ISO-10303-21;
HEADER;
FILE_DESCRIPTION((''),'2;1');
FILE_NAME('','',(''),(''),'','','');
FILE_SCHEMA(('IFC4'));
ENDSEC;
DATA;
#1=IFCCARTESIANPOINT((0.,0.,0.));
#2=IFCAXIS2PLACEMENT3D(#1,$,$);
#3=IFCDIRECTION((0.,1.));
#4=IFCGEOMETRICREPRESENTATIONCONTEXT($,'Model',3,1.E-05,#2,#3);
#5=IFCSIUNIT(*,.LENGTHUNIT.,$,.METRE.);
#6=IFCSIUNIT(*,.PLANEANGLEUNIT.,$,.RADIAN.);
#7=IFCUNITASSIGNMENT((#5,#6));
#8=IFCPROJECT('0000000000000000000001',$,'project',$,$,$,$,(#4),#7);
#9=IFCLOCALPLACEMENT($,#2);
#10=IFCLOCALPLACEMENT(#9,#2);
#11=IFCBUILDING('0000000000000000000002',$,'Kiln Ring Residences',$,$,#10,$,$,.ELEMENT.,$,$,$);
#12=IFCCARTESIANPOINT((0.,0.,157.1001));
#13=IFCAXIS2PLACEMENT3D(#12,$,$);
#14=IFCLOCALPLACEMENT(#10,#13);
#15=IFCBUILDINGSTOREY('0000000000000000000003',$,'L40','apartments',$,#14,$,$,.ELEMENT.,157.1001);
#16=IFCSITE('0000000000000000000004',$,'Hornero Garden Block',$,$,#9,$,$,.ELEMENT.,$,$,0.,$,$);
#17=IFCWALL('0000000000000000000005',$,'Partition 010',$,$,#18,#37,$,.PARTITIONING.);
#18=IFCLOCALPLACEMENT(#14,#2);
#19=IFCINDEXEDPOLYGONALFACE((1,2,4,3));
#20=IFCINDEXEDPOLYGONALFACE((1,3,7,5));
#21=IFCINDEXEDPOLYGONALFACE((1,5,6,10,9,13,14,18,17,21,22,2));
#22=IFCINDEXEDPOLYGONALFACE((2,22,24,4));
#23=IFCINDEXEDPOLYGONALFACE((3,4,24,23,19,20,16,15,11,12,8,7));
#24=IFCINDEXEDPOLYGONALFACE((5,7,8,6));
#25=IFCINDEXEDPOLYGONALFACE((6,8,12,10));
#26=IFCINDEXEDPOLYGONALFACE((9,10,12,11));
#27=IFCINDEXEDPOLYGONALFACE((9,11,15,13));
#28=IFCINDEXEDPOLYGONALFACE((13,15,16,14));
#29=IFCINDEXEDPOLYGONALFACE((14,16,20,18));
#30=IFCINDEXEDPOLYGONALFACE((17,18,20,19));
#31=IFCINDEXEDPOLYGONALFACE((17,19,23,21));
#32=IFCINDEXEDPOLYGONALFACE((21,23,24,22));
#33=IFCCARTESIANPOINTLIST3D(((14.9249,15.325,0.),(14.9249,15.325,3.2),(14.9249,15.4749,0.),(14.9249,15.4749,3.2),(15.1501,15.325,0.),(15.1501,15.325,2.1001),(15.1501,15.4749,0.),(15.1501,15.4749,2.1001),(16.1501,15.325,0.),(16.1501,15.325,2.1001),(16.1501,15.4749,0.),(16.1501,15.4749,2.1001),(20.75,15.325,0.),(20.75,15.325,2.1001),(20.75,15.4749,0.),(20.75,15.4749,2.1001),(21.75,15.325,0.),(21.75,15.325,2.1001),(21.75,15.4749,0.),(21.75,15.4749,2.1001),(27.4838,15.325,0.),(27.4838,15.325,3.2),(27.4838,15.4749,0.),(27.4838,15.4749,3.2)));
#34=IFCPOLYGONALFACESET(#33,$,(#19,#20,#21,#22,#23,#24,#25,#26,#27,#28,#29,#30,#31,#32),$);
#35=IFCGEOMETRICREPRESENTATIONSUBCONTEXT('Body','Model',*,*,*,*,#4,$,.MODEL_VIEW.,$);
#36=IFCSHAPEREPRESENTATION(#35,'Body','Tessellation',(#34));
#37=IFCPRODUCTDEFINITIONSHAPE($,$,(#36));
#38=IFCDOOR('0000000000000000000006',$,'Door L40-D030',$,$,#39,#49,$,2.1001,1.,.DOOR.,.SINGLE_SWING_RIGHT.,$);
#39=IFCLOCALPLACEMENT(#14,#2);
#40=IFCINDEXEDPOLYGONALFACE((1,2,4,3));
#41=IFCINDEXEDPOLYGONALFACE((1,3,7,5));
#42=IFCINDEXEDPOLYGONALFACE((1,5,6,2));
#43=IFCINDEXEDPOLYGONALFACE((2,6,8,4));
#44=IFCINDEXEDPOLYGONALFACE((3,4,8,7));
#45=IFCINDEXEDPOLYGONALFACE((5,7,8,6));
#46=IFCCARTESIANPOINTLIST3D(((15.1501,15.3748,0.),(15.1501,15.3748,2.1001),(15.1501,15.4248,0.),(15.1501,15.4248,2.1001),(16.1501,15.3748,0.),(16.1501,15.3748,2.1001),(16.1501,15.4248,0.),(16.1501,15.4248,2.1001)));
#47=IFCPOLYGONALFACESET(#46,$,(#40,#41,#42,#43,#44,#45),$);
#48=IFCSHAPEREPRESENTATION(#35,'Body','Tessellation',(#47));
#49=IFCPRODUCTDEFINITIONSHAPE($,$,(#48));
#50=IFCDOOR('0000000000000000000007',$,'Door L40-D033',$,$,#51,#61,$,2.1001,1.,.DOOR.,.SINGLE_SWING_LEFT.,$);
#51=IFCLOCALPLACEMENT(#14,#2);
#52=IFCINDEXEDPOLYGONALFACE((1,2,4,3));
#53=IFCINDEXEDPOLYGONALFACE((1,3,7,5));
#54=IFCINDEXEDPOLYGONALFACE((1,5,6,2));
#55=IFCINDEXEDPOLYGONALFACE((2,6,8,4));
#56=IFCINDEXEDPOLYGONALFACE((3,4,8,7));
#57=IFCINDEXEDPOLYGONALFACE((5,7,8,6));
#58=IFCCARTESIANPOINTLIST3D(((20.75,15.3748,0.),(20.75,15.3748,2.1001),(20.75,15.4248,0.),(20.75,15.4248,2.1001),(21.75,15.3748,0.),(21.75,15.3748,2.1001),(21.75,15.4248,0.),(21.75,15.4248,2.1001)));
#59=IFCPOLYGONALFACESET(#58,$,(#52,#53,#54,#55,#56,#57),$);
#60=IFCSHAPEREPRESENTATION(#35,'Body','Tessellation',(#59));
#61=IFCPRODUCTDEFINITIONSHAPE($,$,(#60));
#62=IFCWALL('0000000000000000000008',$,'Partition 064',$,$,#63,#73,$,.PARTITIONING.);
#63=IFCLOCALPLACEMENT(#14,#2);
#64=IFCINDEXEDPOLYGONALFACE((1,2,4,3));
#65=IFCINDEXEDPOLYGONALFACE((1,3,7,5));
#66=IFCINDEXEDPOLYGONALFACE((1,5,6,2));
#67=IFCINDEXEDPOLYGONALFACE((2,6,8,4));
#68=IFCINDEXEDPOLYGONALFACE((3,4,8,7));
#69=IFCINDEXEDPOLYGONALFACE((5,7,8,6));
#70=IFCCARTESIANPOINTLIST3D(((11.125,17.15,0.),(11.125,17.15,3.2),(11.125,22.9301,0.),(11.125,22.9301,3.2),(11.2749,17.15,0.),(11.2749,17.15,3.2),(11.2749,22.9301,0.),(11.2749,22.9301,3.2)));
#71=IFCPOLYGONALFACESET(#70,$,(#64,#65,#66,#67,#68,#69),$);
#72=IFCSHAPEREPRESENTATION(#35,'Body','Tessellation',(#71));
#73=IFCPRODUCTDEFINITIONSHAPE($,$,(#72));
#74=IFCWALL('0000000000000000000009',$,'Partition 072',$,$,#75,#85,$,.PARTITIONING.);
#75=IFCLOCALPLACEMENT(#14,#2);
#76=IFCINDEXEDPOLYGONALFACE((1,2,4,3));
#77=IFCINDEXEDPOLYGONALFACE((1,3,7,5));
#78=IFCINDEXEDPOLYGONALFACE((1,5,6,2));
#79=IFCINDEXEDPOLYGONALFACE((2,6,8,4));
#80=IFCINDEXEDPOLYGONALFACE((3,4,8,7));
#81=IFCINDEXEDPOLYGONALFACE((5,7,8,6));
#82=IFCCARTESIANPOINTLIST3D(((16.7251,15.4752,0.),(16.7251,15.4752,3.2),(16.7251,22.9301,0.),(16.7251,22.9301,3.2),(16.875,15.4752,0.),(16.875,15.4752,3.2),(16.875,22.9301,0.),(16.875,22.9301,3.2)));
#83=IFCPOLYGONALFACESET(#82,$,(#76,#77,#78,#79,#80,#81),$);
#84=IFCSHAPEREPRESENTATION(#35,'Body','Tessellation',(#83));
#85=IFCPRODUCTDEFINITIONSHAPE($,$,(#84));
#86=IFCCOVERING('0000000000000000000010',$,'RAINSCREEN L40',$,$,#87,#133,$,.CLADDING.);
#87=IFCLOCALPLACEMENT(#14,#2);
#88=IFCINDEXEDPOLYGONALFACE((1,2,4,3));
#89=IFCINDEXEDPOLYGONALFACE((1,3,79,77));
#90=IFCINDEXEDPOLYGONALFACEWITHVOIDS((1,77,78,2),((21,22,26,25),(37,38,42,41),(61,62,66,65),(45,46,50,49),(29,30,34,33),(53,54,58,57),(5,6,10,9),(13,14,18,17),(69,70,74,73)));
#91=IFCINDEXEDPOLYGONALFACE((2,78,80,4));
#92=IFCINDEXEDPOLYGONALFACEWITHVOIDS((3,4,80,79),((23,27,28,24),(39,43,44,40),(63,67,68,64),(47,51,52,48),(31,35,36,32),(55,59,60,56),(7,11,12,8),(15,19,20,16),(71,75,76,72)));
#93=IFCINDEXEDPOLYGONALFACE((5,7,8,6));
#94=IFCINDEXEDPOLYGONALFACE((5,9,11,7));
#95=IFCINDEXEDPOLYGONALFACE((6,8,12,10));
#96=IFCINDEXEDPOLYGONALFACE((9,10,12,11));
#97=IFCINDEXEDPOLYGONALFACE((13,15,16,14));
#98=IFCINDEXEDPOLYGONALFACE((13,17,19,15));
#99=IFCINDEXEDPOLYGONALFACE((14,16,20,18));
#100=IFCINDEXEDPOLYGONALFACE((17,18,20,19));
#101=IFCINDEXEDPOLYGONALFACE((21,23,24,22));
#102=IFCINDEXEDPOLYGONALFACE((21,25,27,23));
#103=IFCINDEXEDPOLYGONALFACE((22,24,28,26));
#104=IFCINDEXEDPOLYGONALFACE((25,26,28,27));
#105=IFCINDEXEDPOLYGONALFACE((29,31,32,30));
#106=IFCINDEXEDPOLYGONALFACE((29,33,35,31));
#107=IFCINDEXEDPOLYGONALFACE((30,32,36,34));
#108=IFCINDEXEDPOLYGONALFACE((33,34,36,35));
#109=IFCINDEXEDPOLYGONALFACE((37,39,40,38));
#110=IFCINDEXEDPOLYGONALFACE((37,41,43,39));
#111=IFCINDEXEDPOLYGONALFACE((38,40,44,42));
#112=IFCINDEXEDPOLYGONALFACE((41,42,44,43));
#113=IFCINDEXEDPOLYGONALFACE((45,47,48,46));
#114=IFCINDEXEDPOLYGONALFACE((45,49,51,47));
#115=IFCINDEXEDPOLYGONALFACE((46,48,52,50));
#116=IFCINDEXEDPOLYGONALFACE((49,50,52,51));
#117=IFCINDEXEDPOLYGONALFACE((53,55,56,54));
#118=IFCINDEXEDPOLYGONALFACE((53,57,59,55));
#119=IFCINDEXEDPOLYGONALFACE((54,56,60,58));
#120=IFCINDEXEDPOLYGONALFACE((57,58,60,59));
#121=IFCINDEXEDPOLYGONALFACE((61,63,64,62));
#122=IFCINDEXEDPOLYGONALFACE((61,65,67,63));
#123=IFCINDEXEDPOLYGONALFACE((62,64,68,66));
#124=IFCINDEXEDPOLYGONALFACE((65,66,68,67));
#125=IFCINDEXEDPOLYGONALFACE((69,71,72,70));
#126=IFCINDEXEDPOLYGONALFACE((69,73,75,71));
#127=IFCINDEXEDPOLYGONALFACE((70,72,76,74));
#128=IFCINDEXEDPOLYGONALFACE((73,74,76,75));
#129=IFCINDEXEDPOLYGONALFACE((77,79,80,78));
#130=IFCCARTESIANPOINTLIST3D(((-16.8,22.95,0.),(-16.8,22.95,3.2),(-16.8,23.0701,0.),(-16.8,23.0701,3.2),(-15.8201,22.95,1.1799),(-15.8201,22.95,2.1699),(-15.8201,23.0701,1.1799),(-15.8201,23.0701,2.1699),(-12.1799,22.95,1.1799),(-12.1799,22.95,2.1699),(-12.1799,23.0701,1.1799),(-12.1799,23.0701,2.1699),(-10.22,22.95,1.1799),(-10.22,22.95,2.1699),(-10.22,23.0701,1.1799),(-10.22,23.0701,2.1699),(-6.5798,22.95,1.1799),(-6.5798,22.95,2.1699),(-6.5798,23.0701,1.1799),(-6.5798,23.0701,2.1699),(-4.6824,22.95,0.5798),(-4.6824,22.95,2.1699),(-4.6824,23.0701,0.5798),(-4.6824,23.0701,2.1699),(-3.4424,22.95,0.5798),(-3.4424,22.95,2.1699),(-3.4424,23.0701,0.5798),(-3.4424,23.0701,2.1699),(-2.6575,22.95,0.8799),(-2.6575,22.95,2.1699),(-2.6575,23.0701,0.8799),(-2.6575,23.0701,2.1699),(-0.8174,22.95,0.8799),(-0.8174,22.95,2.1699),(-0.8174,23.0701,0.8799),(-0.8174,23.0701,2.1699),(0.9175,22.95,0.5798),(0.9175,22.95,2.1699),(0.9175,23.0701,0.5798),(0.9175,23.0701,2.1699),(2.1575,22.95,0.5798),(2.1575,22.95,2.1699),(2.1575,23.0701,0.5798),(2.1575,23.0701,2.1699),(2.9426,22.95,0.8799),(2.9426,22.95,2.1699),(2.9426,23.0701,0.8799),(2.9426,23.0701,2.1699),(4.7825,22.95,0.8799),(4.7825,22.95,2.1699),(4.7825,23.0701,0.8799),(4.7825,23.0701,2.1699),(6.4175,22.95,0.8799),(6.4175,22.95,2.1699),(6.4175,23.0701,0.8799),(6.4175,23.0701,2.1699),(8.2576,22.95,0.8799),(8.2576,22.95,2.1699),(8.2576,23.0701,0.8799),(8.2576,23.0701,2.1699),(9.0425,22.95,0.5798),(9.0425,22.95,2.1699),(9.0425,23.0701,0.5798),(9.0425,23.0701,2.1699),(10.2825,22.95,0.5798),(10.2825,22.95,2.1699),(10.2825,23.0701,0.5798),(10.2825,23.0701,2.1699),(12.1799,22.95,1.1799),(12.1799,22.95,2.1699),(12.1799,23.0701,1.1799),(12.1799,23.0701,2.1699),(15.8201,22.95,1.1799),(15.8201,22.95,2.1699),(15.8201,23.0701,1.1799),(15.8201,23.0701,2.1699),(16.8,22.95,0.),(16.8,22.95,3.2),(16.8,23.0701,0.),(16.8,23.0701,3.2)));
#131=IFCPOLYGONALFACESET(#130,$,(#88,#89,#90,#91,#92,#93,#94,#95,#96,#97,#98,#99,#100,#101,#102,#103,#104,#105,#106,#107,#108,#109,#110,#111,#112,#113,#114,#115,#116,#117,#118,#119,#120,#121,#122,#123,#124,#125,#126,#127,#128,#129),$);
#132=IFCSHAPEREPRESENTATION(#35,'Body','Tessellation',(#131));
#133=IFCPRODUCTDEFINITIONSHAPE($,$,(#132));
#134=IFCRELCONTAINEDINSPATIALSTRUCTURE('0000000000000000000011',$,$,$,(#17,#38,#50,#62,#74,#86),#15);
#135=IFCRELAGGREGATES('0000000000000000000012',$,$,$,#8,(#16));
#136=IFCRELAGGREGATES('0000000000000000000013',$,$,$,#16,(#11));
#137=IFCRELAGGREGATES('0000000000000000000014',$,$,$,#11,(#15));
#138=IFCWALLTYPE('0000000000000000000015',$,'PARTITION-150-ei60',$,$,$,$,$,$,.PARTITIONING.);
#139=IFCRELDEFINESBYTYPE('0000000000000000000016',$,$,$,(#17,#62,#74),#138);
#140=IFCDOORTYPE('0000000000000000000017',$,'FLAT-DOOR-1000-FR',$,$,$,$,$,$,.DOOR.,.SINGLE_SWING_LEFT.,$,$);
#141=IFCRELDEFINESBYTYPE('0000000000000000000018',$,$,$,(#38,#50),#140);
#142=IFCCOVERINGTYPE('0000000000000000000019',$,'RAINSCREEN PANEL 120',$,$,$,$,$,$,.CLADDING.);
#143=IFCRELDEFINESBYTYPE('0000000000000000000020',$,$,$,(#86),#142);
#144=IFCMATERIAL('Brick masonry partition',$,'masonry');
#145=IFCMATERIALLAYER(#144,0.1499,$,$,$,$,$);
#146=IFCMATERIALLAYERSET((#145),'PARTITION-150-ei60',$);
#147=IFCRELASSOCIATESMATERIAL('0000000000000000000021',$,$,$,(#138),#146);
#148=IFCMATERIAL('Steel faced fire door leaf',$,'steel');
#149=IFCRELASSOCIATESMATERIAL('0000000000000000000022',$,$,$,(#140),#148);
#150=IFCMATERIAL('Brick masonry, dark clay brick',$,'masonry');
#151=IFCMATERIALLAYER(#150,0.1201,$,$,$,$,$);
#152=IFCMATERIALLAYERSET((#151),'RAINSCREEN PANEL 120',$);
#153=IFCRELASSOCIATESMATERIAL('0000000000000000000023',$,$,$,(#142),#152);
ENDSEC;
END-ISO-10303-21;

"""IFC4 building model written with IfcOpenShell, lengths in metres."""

from ifc_helpers import new_model, si_unit, direction, frame, frame_2d, origin, place, context, subcontext, project, spatial, polyline, rectangle, outline, extrude, material, layer, layer_set, type_object, element, fill, save


model = new_model("IFC4")

# Units and contexts
model_context = context("Model", 3, precision=1e-05, world=origin(), true_north=direction((0.0, 1.0)))
body_context = subcontext(model_context, "Body", "Model", "MODEL_VIEW")
ifc_project = project(units=[si_unit("LENGTHUNIT", "METRE"), si_unit("PLANEANGLEUNIT", "RADIAN")], contexts=[model_context])

# Site, building, storey
site_placement = place(None, origin())
site = spatial("IfcSite", under=ifc_project, at=site_placement, Name="Hornero Garden Block", CompositionType="ELEMENT", RefElevation=0.0)
building_placement = place(site_placement, origin())
building = spatial("IfcBuilding", under=site, at=building_placement, Name="Kiln Ring Residences", CompositionType="ELEMENT")
storey_placement = place(building_placement, frame((0.0, 0.0, 157.1001)))
storey = spatial("IfcBuildingStorey", under=building, at=storey_placement, Name="L40", Description="apartments", CompositionType="ELEMENT", Elevation=157.1001)

# Wall, openings, doors
ifc_material_1 = material(Name="Brick masonry partition", Category="masonry")
ifc_layer_1 = layer(ifc_material_1, 0.1499)
ifc_layer_set_1 = layer_set([ifc_layer_1], Name="PARTITION-150-ei60")
wall_type_1 = type_object("IfcWallType", Name="PARTITION-150-ei60", PredefinedType="PARTITIONING", material=ifc_layer_set_1)
wall_1_placement = place(storey_placement, frame((14.925, 15.3999, 0.0), z_axis=(0.0, 0.0, 1.0), x_axis=(1.0, 0.0, 0.0)))
wall_1 = element("IfcWall", 1, at=wall_1_placement, inside=storey, type_object=wall_type_1, Name="Partition 010", PredefinedType="PARTITIONING", context=body_context, shape_type="SweptSolid", body=[
    extrude(rectangle(XDim=12.5588, YDim=0.1499, at=frame_2d((6.2793, 0.0))), origin(), (0.0, 0.0, 1.0), 3.2),
])
opening_1_placement = place(wall_1_placement, frame((0.2251, 0.0, 0.0)))
opening_1 = element("IfcOpeningElement", 2, at=opening_1_placement, cuts=wall_1, PredefinedType="OPENING", context=body_context, shape_type="SweptSolid", body=[
    extrude(rectangle(XDim=1.0, YDim=2.1001, at=frame_2d((0.5, 1.05))), frame((0.0, 0.085, 0.0), z_axis=(0.0, -1.0, 0.0), x_axis=(1.0, 0.0, 0.0)), (0.0, 0.0, 1.0), 0.1699),
])
opening_2_placement = place(wall_1_placement, frame((5.825, 0.0, 0.0)))
opening_2 = element("IfcOpeningElement", 3, at=opening_2_placement, cuts=wall_1, PredefinedType="OPENING", context=body_context, shape_type="SweptSolid", body=[
    extrude(rectangle(XDim=1.0, YDim=2.1001, at=frame_2d((0.5, 1.05))), frame((0.0, 0.085, 0.0), z_axis=(0.0, -1.0, 0.0), x_axis=(1.0, 0.0, 0.0)), (0.0, 0.0, 1.0), 0.1699),
])
ifc_material_2 = material(Name="Steel faced fire door leaf", Category="steel")
door_type_1 = type_object("IfcDoorType", Name="FLAT-DOOR-1000-FR", OperationType="SINGLE_SWING_LEFT", PredefinedType="DOOR", material=ifc_material_2)
door_1_placement = place(opening_1_placement, origin())
door_1 = element("IfcDoor", 4, at=door_1_placement, inside=storey, type_object=door_type_1, Name="Door L40-D030", OperationType="SINGLE_SWING_RIGHT", OverallHeight=2.1001, OverallWidth=1.0, PredefinedType="DOOR", context=body_context, shape_type="SweptSolid", body=[
    extrude(rectangle(XDim=1.0, YDim=2.1001, at=frame_2d((0.5, 1.05))), frame((0.0, 0.0249, 0.0), z_axis=(0.0, -1.0, 0.0), x_axis=(1.0, 0.0, 0.0)), (0.0, 0.0, 1.0), 0.05),
])
fill(opening_1, door_1)
door_2_placement = place(opening_2_placement, origin())
door_2 = element("IfcDoor", 5, at=door_2_placement, inside=storey, type_object=door_type_1, Name="Door L40-D033", OperationType="SINGLE_SWING_LEFT", OverallHeight=2.1001, OverallWidth=1.0, PredefinedType="DOOR", context=body_context, shape_type="SweptSolid", body=[
    extrude(rectangle(XDim=1.0, YDim=2.1001, at=frame_2d((0.5, 1.05))), frame((0.0, 0.0249, 0.0), z_axis=(0.0, -1.0, 0.0), x_axis=(1.0, 0.0, 0.0)), (0.0, 0.0, 1.0), 0.05),
])
fill(opening_2, door_2)

# Walls
wall_2_placement = place(storey_placement, frame((11.2, 17.1499, 0.0), z_axis=(0.0, 0.0, 1.0), x_axis=(0.0, 1.0, 0.0)))
element("IfcWall", 6, at=wall_2_placement, inside=storey, type_object=wall_type_1, Name="Partition 064", PredefinedType="PARTITIONING", context=body_context, shape_type="SweptSolid", body=[
    extrude(rectangle(XDim=5.78, YDim=0.1499, at=frame_2d((2.8901, 0.0))), origin(), (0.0, 0.0, 1.0), 3.2),
])
wall_3_placement = place(storey_placement, frame((16.8, 15.4751, 0.0), z_axis=(0.0, 0.0, 1.0), x_axis=(0.0, 1.0, 0.0)))
element("IfcWall", 7, at=wall_3_placement, inside=storey, type_object=wall_type_1, Name="Partition 072", PredefinedType="PARTITIONING", context=body_context, shape_type="SweptSolid", body=[
    extrude(rectangle(XDim=7.4548, YDim=0.1499, at=frame_2d((3.7275, 0.0))), origin(), (0.0, 0.0, 1.0), 3.2),
])

# Covering
ifc_material_3 = material(Name="Brick masonry, dark clay brick", Category="masonry")
ifc_layer_2 = layer(ifc_material_3, 0.1201)
ifc_layer_set_2 = layer_set([ifc_layer_2], Name="RAINSCREEN PANEL 120")
covering_type = type_object("IfcCoveringType", Name="RAINSCREEN PANEL 120", PredefinedType="CLADDING", material=ifc_layer_set_2)
covering_placement = place(storey_placement, frame((16.8, 23.01, 0.0), z_axis=(0.0, 0.0, 1.0), x_axis=(-1.0, 0.0, 0.0)))
element("IfcCovering", 8, at=covering_placement, inside=storey, type_object=covering_type, Name="RAINSCREEN L40", PredefinedType="CLADDING", context=body_context, shape_type="SweptSolid", body=[
    extrude(outline(polyline([(0.0, 0.0), (33.6001, 0.0), (33.6001, 3.2), (0.0, 3.2), (0.0, 0.0)]), holes=[polyline([(6.5176, 0.5798), (7.7576, 0.5798), (7.7576, 2.1699), (6.5176, 2.1699), (6.5176, 0.5798)]), polyline([(14.6426, 0.5798), (15.8826, 0.5798), (15.8826, 2.1699), (14.6426, 2.1699), (14.6426, 0.5798)]), polyline([(20.2424, 0.5798), (21.4824, 0.5798), (21.4824, 2.1699), (20.2424, 2.1699), (20.2424, 0.5798)]), polyline([(8.5425, 0.8799), (10.3826, 0.8799), (10.3826, 2.1699), (8.5425, 2.1699), (8.5425, 0.8799)]), polyline([(12.0176, 0.8799), (13.8574, 0.8799), (13.8574, 2.1699), (12.0176, 2.1699), (12.0176, 0.8799)]), polyline([(17.6174, 0.8799), (19.4575, 0.8799), (19.4575, 2.1699), (17.6174, 2.1699), (17.6174, 0.8799)]), polyline([(0.98, 1.1799), (4.6201, 1.1799), (4.6201, 2.1699), (0.98, 2.1699), (0.98, 1.1799)]), polyline([(23.3799, 2.1699), (23.3799, 1.1799), (27.02, 1.1799), (27.02, 2.1699), (23.3799, 2.1699)]), polyline([(28.98, 2.1699), (28.98, 1.1799), (32.6201, 1.1799), (32.6201, 2.1699), (28.98, 2.1699)])]), frame((0.0, 0.0601, 0.0), z_axis=(0.0, -1.0, 0.0), x_axis=(1.0, 0.0, 0.0)), (0.0, 0.0, 1.0), 0.1201),
])

save(model, "model.ifc")
